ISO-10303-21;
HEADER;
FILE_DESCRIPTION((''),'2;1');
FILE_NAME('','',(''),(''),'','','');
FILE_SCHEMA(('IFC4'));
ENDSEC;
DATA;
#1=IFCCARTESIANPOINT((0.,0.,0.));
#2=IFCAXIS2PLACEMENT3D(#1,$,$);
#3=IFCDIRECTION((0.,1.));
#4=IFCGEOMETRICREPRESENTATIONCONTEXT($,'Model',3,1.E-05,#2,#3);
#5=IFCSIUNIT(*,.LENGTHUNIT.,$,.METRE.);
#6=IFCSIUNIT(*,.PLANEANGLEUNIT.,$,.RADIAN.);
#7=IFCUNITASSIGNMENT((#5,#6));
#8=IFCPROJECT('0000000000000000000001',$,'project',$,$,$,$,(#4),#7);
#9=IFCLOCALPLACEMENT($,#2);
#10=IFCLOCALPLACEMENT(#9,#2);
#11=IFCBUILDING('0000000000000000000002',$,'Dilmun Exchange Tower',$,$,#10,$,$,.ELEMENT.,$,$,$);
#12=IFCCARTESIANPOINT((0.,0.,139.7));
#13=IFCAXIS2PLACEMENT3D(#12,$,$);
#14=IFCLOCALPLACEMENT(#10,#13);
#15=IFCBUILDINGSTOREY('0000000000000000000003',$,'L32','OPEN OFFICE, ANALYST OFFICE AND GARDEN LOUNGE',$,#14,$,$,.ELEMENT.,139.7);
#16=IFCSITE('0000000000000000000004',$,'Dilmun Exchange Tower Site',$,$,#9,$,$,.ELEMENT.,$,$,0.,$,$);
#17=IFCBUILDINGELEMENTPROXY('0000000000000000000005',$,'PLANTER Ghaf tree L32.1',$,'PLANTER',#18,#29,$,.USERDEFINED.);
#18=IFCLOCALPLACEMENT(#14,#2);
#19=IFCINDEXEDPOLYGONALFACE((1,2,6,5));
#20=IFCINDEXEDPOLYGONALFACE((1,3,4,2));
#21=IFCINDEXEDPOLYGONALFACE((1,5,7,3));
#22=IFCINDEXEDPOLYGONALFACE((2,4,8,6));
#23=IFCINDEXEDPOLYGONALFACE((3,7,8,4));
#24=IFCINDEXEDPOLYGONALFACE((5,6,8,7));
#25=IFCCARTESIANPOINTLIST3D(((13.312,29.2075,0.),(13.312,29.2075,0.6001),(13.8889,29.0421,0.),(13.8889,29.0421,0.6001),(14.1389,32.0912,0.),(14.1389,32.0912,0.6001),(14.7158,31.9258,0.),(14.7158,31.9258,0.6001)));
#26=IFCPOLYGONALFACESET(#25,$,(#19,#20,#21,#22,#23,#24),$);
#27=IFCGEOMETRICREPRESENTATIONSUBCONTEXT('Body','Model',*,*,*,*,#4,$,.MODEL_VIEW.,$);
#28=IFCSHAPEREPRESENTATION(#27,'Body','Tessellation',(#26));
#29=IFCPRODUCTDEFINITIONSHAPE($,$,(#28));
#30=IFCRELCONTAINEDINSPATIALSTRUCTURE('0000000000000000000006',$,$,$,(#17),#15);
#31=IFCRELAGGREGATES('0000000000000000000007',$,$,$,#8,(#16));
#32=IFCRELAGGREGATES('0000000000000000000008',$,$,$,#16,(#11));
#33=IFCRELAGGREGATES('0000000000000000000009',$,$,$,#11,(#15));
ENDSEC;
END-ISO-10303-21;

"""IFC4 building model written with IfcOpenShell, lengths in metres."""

from ifc_helpers import new_model, si_unit, direction, frame, origin, origin_2d, place, context, subcontext, project, spatial, rectangle, extrude, element, save


model = new_model("IFC4")

# Units and contexts
model_context = context("Model", 3, precision=1e-05, world=origin(), true_north=direction((0.0, 1.0)))
body_context = subcontext(model_context, "Body", "Model", "MODEL_VIEW")
ifc_project = project(units=[si_unit("LENGTHUNIT", "METRE"), si_unit("PLANEANGLEUNIT", "RADIAN")], contexts=[model_context])

# Site, building, storey
site_placement = place(None, origin())
site = spatial("IfcSite", under=ifc_project, at=site_placement, Name="Dilmun Exchange Tower Site", CompositionType="ELEMENT", RefElevation=0.0)
building_placement = place(site_placement, origin())
building = spatial("IfcBuilding", under=site, at=building_placement, Name="Dilmun Exchange Tower", CompositionType="ELEMENT")
storey_placement = place(building_placement, frame((0.0, 0.0, 139.7)))
storey = spatial("IfcBuildingStorey", under=building, at=storey_placement, Name="L32", Description="OPEN OFFICE, ANALYST OFFICE AND GARDEN LOUNGE", CompositionType="ELEMENT", Elevation=139.7)

# Building element proxy
proxy_placement = place(storey_placement, frame((14.0139, 30.5667, 0.0), z_axis=(0.0, 0.0, 1.0), x_axis=(0.275637, 0.961262, 0.0)))
element("IfcBuildingElementProxy", 1, at=proxy_placement, inside=storey, Name="PLANTER Ghaf tree L32.1", ObjectType="PLANTER", PredefinedType="USERDEFINED", context=body_context, shape_type="SweptSolid", body=[
    extrude(rectangle(XDim=3.0, YDim=0.6001, at=origin_2d()), origin(), (0.0, 0.0, 1.0), 0.6001),
])

save(model, "model.ifc")
